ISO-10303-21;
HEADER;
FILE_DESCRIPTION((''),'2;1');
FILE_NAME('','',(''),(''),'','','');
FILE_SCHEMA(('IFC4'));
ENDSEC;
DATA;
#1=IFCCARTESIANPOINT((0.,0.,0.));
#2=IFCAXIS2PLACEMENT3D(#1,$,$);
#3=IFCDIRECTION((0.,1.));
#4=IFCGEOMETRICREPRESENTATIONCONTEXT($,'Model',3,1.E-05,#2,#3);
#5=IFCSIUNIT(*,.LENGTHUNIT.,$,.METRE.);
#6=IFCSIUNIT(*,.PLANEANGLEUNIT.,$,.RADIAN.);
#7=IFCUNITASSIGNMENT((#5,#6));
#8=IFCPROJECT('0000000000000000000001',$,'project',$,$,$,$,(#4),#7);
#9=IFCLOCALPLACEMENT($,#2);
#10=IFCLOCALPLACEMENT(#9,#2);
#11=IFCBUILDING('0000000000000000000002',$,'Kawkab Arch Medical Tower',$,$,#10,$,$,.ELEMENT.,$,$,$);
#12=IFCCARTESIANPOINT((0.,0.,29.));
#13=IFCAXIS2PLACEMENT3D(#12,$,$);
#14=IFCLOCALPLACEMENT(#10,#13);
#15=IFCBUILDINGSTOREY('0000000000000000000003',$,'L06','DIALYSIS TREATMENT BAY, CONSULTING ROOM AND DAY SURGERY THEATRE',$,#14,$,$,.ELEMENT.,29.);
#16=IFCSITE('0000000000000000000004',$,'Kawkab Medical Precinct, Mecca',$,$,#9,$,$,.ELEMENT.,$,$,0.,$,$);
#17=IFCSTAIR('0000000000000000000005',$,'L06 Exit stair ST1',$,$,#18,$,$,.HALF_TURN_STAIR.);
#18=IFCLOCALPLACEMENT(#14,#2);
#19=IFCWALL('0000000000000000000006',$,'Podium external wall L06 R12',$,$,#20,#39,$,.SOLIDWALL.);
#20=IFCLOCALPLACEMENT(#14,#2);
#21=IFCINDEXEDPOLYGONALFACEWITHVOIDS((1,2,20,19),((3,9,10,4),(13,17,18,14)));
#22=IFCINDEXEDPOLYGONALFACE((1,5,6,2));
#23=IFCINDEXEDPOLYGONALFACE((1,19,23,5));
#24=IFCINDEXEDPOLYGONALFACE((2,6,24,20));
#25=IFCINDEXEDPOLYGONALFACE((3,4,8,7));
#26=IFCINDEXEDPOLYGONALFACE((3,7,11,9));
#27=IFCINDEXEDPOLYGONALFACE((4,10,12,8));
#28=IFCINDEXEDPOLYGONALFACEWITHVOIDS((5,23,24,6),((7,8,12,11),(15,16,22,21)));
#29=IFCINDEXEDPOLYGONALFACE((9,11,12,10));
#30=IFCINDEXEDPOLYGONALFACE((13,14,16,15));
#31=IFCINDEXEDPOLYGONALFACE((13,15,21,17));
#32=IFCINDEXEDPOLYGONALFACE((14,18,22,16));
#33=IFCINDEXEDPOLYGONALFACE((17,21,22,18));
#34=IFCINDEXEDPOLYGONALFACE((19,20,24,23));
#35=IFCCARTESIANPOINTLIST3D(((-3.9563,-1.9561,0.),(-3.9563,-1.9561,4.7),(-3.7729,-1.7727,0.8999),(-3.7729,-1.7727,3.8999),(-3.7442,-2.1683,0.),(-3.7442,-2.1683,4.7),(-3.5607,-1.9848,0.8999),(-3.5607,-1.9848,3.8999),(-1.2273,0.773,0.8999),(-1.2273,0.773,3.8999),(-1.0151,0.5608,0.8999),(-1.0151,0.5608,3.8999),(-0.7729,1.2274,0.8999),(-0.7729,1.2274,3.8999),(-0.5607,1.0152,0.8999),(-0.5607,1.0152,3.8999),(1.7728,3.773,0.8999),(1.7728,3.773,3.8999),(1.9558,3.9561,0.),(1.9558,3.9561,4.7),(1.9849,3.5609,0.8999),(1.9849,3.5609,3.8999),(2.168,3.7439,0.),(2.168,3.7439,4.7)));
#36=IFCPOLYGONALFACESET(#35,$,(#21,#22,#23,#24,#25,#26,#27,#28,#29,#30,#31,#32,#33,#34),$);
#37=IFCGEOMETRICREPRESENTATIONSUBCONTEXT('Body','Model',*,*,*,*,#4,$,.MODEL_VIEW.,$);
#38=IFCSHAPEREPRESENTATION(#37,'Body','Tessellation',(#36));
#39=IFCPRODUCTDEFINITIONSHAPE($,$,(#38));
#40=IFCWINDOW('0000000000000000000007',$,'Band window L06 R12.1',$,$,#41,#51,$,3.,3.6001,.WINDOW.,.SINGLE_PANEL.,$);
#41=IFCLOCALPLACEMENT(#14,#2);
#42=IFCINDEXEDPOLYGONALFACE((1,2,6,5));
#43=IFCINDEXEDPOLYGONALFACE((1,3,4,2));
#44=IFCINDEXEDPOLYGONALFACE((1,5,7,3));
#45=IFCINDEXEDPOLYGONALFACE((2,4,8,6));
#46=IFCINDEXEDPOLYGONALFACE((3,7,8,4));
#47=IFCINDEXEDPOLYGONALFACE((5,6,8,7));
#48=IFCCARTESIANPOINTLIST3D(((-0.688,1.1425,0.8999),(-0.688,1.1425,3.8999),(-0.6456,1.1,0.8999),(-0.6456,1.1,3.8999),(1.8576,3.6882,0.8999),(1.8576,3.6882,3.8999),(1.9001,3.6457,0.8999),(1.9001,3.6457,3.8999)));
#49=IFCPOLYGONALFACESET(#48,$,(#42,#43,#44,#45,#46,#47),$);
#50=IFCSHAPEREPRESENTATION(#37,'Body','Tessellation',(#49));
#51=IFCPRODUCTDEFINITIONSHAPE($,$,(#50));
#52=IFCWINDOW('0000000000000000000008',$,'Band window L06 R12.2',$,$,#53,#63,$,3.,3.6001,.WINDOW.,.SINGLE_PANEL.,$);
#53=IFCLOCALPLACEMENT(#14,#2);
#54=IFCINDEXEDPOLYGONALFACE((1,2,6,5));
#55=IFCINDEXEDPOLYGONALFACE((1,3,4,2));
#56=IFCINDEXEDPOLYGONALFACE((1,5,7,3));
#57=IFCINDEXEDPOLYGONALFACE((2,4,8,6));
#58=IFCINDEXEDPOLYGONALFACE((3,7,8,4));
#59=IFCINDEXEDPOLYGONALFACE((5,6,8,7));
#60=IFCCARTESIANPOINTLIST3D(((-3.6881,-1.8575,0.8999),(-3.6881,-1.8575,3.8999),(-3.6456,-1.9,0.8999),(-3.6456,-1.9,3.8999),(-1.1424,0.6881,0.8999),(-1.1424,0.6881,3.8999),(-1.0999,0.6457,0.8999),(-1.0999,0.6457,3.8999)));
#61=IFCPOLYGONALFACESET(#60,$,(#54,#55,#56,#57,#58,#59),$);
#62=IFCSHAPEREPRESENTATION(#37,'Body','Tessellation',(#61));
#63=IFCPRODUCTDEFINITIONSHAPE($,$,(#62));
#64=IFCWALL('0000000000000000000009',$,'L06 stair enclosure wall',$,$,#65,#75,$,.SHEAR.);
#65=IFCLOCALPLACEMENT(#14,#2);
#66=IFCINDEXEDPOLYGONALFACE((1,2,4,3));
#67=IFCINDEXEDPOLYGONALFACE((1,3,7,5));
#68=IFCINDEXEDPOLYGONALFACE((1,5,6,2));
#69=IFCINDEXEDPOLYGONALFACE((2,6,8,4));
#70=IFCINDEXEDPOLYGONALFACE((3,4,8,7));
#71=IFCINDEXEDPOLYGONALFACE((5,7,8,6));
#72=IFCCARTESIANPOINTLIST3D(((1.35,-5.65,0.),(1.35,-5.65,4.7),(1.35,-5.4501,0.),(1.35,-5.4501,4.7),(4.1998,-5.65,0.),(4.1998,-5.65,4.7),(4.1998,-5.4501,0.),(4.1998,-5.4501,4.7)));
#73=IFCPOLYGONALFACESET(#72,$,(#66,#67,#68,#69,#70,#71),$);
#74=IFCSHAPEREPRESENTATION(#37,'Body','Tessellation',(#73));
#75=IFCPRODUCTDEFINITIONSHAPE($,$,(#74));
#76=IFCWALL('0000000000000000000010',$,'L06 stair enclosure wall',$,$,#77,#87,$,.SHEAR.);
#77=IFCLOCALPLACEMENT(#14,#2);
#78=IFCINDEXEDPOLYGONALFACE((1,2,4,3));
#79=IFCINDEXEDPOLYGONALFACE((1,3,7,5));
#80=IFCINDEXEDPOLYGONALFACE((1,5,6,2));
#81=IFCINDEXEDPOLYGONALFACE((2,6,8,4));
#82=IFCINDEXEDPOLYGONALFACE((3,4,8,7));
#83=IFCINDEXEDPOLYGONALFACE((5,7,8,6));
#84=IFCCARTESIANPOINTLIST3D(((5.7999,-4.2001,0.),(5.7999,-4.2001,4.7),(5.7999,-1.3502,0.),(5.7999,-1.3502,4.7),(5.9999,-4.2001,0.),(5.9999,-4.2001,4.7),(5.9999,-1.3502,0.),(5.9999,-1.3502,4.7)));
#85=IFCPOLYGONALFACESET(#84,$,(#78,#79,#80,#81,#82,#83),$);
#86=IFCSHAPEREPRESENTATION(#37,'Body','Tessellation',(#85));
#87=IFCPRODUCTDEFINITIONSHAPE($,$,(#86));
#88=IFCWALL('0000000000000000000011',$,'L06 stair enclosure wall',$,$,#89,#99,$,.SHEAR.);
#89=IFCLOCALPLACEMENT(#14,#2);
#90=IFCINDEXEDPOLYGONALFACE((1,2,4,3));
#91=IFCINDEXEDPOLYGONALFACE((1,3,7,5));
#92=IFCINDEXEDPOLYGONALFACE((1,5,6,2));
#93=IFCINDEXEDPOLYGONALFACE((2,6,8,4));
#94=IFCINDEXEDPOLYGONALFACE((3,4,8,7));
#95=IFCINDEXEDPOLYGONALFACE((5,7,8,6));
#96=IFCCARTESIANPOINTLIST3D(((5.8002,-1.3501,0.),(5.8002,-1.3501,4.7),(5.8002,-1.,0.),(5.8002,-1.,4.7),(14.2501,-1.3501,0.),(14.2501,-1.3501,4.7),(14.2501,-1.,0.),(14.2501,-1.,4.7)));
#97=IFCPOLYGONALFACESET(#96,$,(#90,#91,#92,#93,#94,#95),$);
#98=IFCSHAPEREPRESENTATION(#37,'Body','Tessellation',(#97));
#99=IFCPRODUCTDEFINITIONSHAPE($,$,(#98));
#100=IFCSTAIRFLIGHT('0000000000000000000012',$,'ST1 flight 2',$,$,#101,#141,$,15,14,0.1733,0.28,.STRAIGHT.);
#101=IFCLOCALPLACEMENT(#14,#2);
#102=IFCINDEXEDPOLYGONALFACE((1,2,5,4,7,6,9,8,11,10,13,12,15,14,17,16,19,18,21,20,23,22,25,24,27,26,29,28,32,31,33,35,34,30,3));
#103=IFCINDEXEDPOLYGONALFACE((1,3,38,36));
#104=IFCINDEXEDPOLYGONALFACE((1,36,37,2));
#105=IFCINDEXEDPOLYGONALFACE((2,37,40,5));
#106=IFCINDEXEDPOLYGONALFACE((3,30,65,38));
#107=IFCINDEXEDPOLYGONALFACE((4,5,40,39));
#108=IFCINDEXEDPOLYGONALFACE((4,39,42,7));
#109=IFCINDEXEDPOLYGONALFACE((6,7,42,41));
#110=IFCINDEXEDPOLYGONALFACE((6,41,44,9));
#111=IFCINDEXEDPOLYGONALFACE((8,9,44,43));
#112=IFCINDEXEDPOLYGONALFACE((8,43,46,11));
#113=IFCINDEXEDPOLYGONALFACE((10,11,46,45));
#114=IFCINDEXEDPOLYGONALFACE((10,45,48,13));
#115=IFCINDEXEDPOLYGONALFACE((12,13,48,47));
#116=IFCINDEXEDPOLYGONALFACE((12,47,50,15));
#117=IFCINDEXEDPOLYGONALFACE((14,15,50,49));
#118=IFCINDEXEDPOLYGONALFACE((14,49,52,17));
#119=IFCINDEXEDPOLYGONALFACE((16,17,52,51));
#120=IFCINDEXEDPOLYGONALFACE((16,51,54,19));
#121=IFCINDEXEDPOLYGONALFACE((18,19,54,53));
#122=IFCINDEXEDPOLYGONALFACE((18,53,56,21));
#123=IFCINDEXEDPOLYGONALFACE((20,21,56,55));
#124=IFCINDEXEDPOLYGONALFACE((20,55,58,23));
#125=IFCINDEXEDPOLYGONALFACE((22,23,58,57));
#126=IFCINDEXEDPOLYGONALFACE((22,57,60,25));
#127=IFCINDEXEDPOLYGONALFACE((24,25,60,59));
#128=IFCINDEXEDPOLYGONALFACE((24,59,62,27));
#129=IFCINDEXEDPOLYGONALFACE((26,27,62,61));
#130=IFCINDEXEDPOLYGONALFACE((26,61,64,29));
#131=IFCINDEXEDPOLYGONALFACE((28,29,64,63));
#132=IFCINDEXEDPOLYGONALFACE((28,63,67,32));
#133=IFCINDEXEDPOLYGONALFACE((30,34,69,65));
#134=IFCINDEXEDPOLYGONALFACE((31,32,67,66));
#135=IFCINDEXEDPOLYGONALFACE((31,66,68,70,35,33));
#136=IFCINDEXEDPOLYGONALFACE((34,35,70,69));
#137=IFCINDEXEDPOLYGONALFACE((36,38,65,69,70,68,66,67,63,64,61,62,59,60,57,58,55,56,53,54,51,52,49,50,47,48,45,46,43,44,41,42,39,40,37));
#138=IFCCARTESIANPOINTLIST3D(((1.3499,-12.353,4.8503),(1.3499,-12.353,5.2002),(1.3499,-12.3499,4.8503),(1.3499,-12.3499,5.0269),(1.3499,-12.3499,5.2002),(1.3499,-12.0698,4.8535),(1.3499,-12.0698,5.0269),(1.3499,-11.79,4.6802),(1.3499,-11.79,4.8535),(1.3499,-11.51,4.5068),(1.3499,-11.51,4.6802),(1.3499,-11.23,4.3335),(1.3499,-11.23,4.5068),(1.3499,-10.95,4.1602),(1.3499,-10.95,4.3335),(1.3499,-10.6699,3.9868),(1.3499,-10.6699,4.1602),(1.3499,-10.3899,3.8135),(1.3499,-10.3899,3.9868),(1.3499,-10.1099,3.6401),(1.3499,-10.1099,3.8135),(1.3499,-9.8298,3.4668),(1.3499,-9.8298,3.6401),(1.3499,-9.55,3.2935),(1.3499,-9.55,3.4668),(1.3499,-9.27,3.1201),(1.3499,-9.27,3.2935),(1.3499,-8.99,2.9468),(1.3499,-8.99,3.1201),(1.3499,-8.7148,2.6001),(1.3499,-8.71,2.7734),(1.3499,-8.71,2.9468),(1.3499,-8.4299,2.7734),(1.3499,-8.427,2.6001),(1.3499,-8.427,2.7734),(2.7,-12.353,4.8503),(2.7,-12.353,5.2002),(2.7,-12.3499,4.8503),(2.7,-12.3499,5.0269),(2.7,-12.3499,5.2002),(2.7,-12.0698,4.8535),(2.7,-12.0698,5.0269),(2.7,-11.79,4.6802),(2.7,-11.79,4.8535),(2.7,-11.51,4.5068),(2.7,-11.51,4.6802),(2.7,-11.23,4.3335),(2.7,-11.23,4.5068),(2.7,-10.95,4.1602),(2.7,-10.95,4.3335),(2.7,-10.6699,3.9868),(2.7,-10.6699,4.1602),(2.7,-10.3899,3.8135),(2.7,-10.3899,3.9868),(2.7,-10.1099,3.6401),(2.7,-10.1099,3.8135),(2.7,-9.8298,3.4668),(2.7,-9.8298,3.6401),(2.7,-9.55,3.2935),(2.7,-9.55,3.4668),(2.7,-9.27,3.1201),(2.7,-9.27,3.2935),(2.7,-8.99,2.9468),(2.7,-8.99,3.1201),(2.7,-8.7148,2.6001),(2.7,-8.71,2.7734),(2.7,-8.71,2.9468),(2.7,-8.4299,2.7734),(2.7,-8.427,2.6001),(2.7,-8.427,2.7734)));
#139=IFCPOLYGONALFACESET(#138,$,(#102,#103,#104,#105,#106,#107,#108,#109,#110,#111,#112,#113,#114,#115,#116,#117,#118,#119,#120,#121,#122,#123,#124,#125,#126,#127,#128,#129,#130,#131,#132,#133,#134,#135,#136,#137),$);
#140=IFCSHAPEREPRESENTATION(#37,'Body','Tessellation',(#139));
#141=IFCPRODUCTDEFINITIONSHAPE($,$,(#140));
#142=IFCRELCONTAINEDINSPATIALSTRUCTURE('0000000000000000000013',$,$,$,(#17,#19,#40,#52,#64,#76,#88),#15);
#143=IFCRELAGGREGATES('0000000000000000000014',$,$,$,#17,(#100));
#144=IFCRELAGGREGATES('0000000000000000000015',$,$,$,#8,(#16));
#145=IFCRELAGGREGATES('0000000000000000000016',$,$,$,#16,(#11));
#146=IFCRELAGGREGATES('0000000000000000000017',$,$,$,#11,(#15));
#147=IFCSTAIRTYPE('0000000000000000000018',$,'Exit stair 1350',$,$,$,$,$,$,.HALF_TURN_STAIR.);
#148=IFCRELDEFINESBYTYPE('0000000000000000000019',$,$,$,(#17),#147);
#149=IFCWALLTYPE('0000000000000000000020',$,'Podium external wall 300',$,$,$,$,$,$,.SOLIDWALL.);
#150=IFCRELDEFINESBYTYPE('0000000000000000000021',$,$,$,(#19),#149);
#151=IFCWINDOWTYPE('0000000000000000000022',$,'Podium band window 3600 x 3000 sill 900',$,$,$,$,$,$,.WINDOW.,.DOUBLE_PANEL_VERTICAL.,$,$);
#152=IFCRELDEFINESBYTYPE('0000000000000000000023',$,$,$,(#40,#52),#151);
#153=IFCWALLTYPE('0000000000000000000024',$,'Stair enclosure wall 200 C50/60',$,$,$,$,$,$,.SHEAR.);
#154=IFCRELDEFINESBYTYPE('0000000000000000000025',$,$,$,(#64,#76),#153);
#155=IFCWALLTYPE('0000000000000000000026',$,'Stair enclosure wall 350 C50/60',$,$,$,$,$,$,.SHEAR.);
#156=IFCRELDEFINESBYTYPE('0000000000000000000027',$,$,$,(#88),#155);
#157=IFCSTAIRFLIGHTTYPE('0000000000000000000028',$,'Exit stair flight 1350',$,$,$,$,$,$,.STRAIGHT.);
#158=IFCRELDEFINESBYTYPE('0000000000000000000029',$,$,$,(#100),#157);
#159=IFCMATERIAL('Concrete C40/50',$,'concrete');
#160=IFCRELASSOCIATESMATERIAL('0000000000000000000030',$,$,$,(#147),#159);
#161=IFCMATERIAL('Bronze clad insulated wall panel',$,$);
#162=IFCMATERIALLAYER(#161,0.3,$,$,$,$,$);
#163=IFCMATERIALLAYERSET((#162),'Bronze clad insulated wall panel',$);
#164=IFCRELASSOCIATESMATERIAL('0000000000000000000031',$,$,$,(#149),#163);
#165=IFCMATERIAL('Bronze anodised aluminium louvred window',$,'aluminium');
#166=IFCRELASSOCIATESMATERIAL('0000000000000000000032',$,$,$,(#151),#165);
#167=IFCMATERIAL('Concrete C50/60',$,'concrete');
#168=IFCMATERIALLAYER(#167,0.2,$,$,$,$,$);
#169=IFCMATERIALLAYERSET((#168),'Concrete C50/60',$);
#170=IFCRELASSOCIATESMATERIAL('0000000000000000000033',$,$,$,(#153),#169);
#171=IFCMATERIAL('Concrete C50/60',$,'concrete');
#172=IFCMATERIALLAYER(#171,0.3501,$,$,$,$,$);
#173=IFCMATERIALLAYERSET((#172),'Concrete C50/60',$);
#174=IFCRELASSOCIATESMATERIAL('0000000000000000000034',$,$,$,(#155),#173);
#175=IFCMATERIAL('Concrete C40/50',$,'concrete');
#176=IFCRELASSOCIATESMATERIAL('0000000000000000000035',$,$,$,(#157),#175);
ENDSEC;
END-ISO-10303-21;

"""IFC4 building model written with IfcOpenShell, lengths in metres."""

from ifc_helpers import new_model, si_unit, direction, frame, frame_2d, origin, place, context, subcontext, project, spatial, polyline, rectangle, outline, extrude, material, layer, layer_set, type_object, element, fill, aggregate, save


model = new_model("IFC4")

# Units and contexts
model_context = context("Model", 3, precision=1e-05, world=origin(), true_north=direction((0.0, 1.0)))
body_context = subcontext(model_context, "Body", "Model", "MODEL_VIEW")
ifc_project = project(units=[si_unit("LENGTHUNIT", "METRE"), si_unit("PLANEANGLEUNIT", "RADIAN")], contexts=[model_context])

# Site, building, storey
site_placement = place(None, origin())
site = spatial("IfcSite", under=ifc_project, at=site_placement, Name="Kawkab Medical Precinct, Mecca", CompositionType="ELEMENT", RefElevation=0.0)
building_placement = place(site_placement, origin())
building = spatial("IfcBuilding", under=site, at=building_placement, Name="Kawkab Arch Medical Tower", CompositionType="ELEMENT")
storey_placement = place(building_placement, frame((0.0, 0.0, 29.0)))
storey = spatial("IfcBuildingStorey", under=building, at=storey_placement, Name="L06", Description="DIALYSIS TREATMENT BAY, CONSULTING ROOM AND DAY SURGERY THEATRE", CompositionType="ELEMENT", Elevation=29.0)

# Stair
ifc_material_1 = material(Name="Concrete C40/50", Category="concrete")
stair_type = type_object("IfcStairType", Name="Exit stair 1350", PredefinedType="HALF_TURN_STAIR", material=ifc_material_1)
placement_1 = place(storey_placement, origin())
stair_1 = element("IfcStair", 1, at=placement_1, inside=storey, type_object=stair_type, Name="L06 Exit stair ST1", PredefinedType="HALF_TURN_STAIR")

# Wall, openings, windows
ifc_material_2 = material(Name="Bronze clad insulated wall panel")
ifc_layer_1 = layer(ifc_material_2, 0.3)
ifc_layer_set_1 = layer_set([ifc_layer_1], Name="Bronze clad insulated wall panel")
wall_type_1 = type_object("IfcWallType", Name="Podium external wall 300", PredefinedType="SOLIDWALL", material=ifc_layer_set_1)
wall_1_placement = place(storey_placement, frame((2.062, 3.8501, 0.0), z_axis=(0.0, 0.0, 1.0), x_axis=(-0.707107, -0.707107, 0.0)))
wall_1 = element("IfcWall", 2, at=wall_1_placement, inside=storey, type_object=wall_type_1, Name="Podium external wall L06 R12", PredefinedType="SOLIDWALL", context=body_context, shape_type="SweptSolid", body=[
    extrude(rectangle(XDim=8.3611, YDim=0.3, at=frame_2d((4.1807, 0.0))), origin(), (0.0, 0.0, 1.0), 4.7),
])
opening_1_placement = place(wall_1_placement, frame((0.259, 0.0, 0.8999)))
opening_1 = element("IfcOpeningElement", 3, at=opening_1_placement, cuts=wall_1, PredefinedType="OPENING", context=body_context, shape_type="SweptSolid", body=[
    extrude(rectangle(XDim=3.6001, YDim=3.0, at=frame_2d((1.8, 1.5))), frame((0.0, 0.1599, 0.0), z_axis=(0.0, -1.0, 0.0), x_axis=(1.0, 0.0, 0.0)), (0.0, 0.0, 1.0), 0.3201),
])
opening_2_placement = place(wall_1_placement, frame((4.5017, 0.0, 0.8999)))
opening_2 = element("IfcOpeningElement", 4, at=opening_2_placement, cuts=wall_1, PredefinedType="OPENING", context=body_context, shape_type="SweptSolid", body=[
    extrude(rectangle(XDim=3.6001, YDim=3.0, at=frame_2d((1.8, 1.5))), frame((0.0, 0.1599, 0.0), z_axis=(0.0, -1.0, 0.0), x_axis=(1.0, 0.0, 0.0)), (0.0, 0.0, 1.0), 0.3201),
])
ifc_material_3 = material(Name="Bronze anodised aluminium louvred window", Category="aluminium")
window_type = type_object("IfcWindowType", Name="Podium band window 3600 x 3000 sill 900", PartitioningType="DOUBLE_PANEL_VERTICAL", PredefinedType="WINDOW", material=ifc_material_3)
window_1_placement = place(opening_1_placement, origin())
window_1 = element("IfcWindow", 5, at=window_1_placement, inside=storey, type_object=window_type, Name="Band window L06 R12.1", OverallHeight=3.0, OverallWidth=3.6001, PartitioningType="SINGLE_PANEL", PredefinedType="WINDOW", context=body_context, shape_type="SweptSolid", body=[
    extrude(rectangle(XDim=3.6001, YDim=3.0, at=frame_2d((1.8, 1.5))), frame((0.0, 0.03, 0.0), z_axis=(0.0, -1.0, 0.0), x_axis=(1.0, 0.0, 0.0)), (0.0, 0.0, 1.0), 0.0601),
])
fill(opening_1, window_1)
window_2_placement = place(opening_2_placement, origin())
window_2 = element("IfcWindow", 6, at=window_2_placement, inside=storey, type_object=window_type, Name="Band window L06 R12.2", OverallHeight=3.0, OverallWidth=3.6001, PartitioningType="SINGLE_PANEL", PredefinedType="WINDOW", context=body_context, shape_type="SweptSolid", body=[
    extrude(rectangle(XDim=3.6001, YDim=3.0, at=frame_2d((1.8, 1.5))), frame((0.0, 0.03, 0.0), z_axis=(0.0, -1.0, 0.0), x_axis=(1.0, 0.0, 0.0)), (0.0, 0.0, 1.0), 0.0601),
])
fill(opening_2, window_2)

# Walls
ifc_material_4 = material(Name="Concrete C50/60", Category="concrete")
ifc_layer_2 = layer(ifc_material_4, 0.2)
ifc_layer_set_2 = layer_set([ifc_layer_2], Name="Concrete C50/60")
wall_type_2 = type_object("IfcWallType", Name="Stair enclosure wall 200 C50/60", PredefinedType="SHEAR", material=ifc_layer_set_2)
for number, where, z_axis, x_axis, name in (
    (7, (1.3501, -5.55, 0.0), (0.0, 0.0, 1.0), (1.0, 0.0, 0.0), "L06 stair enclosure wall"),
    (8, (5.8999, -4.2, 0.0), (0.0, 0.0, 1.0), (0.0, 1.0, 0.0), "L06 stair enclosure wall"),
):
    element("IfcWall", number, at=place(storey_placement, frame(where, z_axis=z_axis, x_axis=x_axis)), inside=storey, type_object=wall_type_2, Name=name, PredefinedType="SHEAR", context=body_context, shape_type="SweptSolid", body=[
        extrude(rectangle(XDim=2.8499, YDim=0.2, at=frame_2d((1.4248, 0.0))), origin(), (0.0, 0.0, 1.0), 4.7),
    ])
ifc_material_5 = material(Name="Concrete C50/60", Category="concrete")
ifc_layer_3 = layer(ifc_material_5, 0.3501)
ifc_layer_set_3 = layer_set([ifc_layer_3], Name="Concrete C50/60")
wall_type_3 = type_object("IfcWallType", Name="Stair enclosure wall 350 C50/60", PredefinedType="SHEAR", material=ifc_layer_set_3)
wall_2_placement = place(storey_placement, frame((5.8, -1.175, 0.0), z_axis=(0.0, 0.0, 1.0), x_axis=(1.0, 0.0, 0.0)))
element("IfcWall", 9, at=wall_2_placement, inside=storey, type_object=wall_type_3, Name="L06 stair enclosure wall", PredefinedType="SHEAR", context=body_context, shape_type="SweptSolid", body=[
    extrude(rectangle(XDim=8.45, YDim=0.3501, at=frame_2d((4.2251, 0.0))), origin(), (0.0, 0.0, 1.0), 4.7),
])

# Stair flight
ifc_material_6 = material(Name="Concrete C40/50", Category="concrete")
stair_flight_type = type_object("IfcStairFlightType", Name="Exit stair flight 1350", PredefinedType="STRAIGHT", material=ifc_material_6)
stair_flight_1_placement = place(storey_placement, frame((2.0249, -8.4299, 2.6001), z_axis=(0.0, 0.0, 1.0), x_axis=(0.0, -1.0, 0.0)))
stair_flight_1 = element("IfcStairFlight", 10, at=stair_flight_1_placement, type_object=stair_flight_type, Name="ST1 flight 2", NumberOfRisers=15, NumberOfTreads=14, PredefinedType="STRAIGHT", RiserHeight=0.1733, TreadLength=0.28, context=body_context, shape_type="SweptSolid", body=[
    extrude(outline(polyline([(-0.0029, 0.0), (-0.0029, 0.1733), (0.0, 0.1733), (0.28, 0.1733), (0.28, 0.3467), (0.5601, 0.3467), (0.5601, 0.52), (0.8401, 0.52), (0.8401, 0.6934), (1.1201, 0.6934), (1.1201, 0.8667), (1.3999, 0.8667), (1.3999, 1.04), (1.6799, 1.04), (1.6799, 1.2134), (1.96, 1.2134), (1.96, 1.3867), (2.24, 1.3867), (2.24, 1.5601), (2.52, 1.5601), (2.52, 1.7334), (2.8, 1.7334), (2.8, 1.9067), (3.0801, 1.9067), (3.0801, 2.0801), (3.3601, 2.0801), (3.3601, 2.2534), (3.6399, 2.2534), (3.6399, 2.4268), (3.9199, 2.4268), (3.9199, 2.6001), (3.9231, 2.6001), (3.9231, 2.2502), (3.9199, 2.2502), (0.2849, 0.0), (-0.0029, 0.0)])), frame((0.0, 0.675, 0.0), z_axis=(0.0, -1.0, 0.0), x_axis=(1.0, 0.0, 0.0)), (0.0, 0.0, 1.0), 1.3501),
])
aggregate(stair_1, [stair_flight_1])

save(model, "model.ifc")
